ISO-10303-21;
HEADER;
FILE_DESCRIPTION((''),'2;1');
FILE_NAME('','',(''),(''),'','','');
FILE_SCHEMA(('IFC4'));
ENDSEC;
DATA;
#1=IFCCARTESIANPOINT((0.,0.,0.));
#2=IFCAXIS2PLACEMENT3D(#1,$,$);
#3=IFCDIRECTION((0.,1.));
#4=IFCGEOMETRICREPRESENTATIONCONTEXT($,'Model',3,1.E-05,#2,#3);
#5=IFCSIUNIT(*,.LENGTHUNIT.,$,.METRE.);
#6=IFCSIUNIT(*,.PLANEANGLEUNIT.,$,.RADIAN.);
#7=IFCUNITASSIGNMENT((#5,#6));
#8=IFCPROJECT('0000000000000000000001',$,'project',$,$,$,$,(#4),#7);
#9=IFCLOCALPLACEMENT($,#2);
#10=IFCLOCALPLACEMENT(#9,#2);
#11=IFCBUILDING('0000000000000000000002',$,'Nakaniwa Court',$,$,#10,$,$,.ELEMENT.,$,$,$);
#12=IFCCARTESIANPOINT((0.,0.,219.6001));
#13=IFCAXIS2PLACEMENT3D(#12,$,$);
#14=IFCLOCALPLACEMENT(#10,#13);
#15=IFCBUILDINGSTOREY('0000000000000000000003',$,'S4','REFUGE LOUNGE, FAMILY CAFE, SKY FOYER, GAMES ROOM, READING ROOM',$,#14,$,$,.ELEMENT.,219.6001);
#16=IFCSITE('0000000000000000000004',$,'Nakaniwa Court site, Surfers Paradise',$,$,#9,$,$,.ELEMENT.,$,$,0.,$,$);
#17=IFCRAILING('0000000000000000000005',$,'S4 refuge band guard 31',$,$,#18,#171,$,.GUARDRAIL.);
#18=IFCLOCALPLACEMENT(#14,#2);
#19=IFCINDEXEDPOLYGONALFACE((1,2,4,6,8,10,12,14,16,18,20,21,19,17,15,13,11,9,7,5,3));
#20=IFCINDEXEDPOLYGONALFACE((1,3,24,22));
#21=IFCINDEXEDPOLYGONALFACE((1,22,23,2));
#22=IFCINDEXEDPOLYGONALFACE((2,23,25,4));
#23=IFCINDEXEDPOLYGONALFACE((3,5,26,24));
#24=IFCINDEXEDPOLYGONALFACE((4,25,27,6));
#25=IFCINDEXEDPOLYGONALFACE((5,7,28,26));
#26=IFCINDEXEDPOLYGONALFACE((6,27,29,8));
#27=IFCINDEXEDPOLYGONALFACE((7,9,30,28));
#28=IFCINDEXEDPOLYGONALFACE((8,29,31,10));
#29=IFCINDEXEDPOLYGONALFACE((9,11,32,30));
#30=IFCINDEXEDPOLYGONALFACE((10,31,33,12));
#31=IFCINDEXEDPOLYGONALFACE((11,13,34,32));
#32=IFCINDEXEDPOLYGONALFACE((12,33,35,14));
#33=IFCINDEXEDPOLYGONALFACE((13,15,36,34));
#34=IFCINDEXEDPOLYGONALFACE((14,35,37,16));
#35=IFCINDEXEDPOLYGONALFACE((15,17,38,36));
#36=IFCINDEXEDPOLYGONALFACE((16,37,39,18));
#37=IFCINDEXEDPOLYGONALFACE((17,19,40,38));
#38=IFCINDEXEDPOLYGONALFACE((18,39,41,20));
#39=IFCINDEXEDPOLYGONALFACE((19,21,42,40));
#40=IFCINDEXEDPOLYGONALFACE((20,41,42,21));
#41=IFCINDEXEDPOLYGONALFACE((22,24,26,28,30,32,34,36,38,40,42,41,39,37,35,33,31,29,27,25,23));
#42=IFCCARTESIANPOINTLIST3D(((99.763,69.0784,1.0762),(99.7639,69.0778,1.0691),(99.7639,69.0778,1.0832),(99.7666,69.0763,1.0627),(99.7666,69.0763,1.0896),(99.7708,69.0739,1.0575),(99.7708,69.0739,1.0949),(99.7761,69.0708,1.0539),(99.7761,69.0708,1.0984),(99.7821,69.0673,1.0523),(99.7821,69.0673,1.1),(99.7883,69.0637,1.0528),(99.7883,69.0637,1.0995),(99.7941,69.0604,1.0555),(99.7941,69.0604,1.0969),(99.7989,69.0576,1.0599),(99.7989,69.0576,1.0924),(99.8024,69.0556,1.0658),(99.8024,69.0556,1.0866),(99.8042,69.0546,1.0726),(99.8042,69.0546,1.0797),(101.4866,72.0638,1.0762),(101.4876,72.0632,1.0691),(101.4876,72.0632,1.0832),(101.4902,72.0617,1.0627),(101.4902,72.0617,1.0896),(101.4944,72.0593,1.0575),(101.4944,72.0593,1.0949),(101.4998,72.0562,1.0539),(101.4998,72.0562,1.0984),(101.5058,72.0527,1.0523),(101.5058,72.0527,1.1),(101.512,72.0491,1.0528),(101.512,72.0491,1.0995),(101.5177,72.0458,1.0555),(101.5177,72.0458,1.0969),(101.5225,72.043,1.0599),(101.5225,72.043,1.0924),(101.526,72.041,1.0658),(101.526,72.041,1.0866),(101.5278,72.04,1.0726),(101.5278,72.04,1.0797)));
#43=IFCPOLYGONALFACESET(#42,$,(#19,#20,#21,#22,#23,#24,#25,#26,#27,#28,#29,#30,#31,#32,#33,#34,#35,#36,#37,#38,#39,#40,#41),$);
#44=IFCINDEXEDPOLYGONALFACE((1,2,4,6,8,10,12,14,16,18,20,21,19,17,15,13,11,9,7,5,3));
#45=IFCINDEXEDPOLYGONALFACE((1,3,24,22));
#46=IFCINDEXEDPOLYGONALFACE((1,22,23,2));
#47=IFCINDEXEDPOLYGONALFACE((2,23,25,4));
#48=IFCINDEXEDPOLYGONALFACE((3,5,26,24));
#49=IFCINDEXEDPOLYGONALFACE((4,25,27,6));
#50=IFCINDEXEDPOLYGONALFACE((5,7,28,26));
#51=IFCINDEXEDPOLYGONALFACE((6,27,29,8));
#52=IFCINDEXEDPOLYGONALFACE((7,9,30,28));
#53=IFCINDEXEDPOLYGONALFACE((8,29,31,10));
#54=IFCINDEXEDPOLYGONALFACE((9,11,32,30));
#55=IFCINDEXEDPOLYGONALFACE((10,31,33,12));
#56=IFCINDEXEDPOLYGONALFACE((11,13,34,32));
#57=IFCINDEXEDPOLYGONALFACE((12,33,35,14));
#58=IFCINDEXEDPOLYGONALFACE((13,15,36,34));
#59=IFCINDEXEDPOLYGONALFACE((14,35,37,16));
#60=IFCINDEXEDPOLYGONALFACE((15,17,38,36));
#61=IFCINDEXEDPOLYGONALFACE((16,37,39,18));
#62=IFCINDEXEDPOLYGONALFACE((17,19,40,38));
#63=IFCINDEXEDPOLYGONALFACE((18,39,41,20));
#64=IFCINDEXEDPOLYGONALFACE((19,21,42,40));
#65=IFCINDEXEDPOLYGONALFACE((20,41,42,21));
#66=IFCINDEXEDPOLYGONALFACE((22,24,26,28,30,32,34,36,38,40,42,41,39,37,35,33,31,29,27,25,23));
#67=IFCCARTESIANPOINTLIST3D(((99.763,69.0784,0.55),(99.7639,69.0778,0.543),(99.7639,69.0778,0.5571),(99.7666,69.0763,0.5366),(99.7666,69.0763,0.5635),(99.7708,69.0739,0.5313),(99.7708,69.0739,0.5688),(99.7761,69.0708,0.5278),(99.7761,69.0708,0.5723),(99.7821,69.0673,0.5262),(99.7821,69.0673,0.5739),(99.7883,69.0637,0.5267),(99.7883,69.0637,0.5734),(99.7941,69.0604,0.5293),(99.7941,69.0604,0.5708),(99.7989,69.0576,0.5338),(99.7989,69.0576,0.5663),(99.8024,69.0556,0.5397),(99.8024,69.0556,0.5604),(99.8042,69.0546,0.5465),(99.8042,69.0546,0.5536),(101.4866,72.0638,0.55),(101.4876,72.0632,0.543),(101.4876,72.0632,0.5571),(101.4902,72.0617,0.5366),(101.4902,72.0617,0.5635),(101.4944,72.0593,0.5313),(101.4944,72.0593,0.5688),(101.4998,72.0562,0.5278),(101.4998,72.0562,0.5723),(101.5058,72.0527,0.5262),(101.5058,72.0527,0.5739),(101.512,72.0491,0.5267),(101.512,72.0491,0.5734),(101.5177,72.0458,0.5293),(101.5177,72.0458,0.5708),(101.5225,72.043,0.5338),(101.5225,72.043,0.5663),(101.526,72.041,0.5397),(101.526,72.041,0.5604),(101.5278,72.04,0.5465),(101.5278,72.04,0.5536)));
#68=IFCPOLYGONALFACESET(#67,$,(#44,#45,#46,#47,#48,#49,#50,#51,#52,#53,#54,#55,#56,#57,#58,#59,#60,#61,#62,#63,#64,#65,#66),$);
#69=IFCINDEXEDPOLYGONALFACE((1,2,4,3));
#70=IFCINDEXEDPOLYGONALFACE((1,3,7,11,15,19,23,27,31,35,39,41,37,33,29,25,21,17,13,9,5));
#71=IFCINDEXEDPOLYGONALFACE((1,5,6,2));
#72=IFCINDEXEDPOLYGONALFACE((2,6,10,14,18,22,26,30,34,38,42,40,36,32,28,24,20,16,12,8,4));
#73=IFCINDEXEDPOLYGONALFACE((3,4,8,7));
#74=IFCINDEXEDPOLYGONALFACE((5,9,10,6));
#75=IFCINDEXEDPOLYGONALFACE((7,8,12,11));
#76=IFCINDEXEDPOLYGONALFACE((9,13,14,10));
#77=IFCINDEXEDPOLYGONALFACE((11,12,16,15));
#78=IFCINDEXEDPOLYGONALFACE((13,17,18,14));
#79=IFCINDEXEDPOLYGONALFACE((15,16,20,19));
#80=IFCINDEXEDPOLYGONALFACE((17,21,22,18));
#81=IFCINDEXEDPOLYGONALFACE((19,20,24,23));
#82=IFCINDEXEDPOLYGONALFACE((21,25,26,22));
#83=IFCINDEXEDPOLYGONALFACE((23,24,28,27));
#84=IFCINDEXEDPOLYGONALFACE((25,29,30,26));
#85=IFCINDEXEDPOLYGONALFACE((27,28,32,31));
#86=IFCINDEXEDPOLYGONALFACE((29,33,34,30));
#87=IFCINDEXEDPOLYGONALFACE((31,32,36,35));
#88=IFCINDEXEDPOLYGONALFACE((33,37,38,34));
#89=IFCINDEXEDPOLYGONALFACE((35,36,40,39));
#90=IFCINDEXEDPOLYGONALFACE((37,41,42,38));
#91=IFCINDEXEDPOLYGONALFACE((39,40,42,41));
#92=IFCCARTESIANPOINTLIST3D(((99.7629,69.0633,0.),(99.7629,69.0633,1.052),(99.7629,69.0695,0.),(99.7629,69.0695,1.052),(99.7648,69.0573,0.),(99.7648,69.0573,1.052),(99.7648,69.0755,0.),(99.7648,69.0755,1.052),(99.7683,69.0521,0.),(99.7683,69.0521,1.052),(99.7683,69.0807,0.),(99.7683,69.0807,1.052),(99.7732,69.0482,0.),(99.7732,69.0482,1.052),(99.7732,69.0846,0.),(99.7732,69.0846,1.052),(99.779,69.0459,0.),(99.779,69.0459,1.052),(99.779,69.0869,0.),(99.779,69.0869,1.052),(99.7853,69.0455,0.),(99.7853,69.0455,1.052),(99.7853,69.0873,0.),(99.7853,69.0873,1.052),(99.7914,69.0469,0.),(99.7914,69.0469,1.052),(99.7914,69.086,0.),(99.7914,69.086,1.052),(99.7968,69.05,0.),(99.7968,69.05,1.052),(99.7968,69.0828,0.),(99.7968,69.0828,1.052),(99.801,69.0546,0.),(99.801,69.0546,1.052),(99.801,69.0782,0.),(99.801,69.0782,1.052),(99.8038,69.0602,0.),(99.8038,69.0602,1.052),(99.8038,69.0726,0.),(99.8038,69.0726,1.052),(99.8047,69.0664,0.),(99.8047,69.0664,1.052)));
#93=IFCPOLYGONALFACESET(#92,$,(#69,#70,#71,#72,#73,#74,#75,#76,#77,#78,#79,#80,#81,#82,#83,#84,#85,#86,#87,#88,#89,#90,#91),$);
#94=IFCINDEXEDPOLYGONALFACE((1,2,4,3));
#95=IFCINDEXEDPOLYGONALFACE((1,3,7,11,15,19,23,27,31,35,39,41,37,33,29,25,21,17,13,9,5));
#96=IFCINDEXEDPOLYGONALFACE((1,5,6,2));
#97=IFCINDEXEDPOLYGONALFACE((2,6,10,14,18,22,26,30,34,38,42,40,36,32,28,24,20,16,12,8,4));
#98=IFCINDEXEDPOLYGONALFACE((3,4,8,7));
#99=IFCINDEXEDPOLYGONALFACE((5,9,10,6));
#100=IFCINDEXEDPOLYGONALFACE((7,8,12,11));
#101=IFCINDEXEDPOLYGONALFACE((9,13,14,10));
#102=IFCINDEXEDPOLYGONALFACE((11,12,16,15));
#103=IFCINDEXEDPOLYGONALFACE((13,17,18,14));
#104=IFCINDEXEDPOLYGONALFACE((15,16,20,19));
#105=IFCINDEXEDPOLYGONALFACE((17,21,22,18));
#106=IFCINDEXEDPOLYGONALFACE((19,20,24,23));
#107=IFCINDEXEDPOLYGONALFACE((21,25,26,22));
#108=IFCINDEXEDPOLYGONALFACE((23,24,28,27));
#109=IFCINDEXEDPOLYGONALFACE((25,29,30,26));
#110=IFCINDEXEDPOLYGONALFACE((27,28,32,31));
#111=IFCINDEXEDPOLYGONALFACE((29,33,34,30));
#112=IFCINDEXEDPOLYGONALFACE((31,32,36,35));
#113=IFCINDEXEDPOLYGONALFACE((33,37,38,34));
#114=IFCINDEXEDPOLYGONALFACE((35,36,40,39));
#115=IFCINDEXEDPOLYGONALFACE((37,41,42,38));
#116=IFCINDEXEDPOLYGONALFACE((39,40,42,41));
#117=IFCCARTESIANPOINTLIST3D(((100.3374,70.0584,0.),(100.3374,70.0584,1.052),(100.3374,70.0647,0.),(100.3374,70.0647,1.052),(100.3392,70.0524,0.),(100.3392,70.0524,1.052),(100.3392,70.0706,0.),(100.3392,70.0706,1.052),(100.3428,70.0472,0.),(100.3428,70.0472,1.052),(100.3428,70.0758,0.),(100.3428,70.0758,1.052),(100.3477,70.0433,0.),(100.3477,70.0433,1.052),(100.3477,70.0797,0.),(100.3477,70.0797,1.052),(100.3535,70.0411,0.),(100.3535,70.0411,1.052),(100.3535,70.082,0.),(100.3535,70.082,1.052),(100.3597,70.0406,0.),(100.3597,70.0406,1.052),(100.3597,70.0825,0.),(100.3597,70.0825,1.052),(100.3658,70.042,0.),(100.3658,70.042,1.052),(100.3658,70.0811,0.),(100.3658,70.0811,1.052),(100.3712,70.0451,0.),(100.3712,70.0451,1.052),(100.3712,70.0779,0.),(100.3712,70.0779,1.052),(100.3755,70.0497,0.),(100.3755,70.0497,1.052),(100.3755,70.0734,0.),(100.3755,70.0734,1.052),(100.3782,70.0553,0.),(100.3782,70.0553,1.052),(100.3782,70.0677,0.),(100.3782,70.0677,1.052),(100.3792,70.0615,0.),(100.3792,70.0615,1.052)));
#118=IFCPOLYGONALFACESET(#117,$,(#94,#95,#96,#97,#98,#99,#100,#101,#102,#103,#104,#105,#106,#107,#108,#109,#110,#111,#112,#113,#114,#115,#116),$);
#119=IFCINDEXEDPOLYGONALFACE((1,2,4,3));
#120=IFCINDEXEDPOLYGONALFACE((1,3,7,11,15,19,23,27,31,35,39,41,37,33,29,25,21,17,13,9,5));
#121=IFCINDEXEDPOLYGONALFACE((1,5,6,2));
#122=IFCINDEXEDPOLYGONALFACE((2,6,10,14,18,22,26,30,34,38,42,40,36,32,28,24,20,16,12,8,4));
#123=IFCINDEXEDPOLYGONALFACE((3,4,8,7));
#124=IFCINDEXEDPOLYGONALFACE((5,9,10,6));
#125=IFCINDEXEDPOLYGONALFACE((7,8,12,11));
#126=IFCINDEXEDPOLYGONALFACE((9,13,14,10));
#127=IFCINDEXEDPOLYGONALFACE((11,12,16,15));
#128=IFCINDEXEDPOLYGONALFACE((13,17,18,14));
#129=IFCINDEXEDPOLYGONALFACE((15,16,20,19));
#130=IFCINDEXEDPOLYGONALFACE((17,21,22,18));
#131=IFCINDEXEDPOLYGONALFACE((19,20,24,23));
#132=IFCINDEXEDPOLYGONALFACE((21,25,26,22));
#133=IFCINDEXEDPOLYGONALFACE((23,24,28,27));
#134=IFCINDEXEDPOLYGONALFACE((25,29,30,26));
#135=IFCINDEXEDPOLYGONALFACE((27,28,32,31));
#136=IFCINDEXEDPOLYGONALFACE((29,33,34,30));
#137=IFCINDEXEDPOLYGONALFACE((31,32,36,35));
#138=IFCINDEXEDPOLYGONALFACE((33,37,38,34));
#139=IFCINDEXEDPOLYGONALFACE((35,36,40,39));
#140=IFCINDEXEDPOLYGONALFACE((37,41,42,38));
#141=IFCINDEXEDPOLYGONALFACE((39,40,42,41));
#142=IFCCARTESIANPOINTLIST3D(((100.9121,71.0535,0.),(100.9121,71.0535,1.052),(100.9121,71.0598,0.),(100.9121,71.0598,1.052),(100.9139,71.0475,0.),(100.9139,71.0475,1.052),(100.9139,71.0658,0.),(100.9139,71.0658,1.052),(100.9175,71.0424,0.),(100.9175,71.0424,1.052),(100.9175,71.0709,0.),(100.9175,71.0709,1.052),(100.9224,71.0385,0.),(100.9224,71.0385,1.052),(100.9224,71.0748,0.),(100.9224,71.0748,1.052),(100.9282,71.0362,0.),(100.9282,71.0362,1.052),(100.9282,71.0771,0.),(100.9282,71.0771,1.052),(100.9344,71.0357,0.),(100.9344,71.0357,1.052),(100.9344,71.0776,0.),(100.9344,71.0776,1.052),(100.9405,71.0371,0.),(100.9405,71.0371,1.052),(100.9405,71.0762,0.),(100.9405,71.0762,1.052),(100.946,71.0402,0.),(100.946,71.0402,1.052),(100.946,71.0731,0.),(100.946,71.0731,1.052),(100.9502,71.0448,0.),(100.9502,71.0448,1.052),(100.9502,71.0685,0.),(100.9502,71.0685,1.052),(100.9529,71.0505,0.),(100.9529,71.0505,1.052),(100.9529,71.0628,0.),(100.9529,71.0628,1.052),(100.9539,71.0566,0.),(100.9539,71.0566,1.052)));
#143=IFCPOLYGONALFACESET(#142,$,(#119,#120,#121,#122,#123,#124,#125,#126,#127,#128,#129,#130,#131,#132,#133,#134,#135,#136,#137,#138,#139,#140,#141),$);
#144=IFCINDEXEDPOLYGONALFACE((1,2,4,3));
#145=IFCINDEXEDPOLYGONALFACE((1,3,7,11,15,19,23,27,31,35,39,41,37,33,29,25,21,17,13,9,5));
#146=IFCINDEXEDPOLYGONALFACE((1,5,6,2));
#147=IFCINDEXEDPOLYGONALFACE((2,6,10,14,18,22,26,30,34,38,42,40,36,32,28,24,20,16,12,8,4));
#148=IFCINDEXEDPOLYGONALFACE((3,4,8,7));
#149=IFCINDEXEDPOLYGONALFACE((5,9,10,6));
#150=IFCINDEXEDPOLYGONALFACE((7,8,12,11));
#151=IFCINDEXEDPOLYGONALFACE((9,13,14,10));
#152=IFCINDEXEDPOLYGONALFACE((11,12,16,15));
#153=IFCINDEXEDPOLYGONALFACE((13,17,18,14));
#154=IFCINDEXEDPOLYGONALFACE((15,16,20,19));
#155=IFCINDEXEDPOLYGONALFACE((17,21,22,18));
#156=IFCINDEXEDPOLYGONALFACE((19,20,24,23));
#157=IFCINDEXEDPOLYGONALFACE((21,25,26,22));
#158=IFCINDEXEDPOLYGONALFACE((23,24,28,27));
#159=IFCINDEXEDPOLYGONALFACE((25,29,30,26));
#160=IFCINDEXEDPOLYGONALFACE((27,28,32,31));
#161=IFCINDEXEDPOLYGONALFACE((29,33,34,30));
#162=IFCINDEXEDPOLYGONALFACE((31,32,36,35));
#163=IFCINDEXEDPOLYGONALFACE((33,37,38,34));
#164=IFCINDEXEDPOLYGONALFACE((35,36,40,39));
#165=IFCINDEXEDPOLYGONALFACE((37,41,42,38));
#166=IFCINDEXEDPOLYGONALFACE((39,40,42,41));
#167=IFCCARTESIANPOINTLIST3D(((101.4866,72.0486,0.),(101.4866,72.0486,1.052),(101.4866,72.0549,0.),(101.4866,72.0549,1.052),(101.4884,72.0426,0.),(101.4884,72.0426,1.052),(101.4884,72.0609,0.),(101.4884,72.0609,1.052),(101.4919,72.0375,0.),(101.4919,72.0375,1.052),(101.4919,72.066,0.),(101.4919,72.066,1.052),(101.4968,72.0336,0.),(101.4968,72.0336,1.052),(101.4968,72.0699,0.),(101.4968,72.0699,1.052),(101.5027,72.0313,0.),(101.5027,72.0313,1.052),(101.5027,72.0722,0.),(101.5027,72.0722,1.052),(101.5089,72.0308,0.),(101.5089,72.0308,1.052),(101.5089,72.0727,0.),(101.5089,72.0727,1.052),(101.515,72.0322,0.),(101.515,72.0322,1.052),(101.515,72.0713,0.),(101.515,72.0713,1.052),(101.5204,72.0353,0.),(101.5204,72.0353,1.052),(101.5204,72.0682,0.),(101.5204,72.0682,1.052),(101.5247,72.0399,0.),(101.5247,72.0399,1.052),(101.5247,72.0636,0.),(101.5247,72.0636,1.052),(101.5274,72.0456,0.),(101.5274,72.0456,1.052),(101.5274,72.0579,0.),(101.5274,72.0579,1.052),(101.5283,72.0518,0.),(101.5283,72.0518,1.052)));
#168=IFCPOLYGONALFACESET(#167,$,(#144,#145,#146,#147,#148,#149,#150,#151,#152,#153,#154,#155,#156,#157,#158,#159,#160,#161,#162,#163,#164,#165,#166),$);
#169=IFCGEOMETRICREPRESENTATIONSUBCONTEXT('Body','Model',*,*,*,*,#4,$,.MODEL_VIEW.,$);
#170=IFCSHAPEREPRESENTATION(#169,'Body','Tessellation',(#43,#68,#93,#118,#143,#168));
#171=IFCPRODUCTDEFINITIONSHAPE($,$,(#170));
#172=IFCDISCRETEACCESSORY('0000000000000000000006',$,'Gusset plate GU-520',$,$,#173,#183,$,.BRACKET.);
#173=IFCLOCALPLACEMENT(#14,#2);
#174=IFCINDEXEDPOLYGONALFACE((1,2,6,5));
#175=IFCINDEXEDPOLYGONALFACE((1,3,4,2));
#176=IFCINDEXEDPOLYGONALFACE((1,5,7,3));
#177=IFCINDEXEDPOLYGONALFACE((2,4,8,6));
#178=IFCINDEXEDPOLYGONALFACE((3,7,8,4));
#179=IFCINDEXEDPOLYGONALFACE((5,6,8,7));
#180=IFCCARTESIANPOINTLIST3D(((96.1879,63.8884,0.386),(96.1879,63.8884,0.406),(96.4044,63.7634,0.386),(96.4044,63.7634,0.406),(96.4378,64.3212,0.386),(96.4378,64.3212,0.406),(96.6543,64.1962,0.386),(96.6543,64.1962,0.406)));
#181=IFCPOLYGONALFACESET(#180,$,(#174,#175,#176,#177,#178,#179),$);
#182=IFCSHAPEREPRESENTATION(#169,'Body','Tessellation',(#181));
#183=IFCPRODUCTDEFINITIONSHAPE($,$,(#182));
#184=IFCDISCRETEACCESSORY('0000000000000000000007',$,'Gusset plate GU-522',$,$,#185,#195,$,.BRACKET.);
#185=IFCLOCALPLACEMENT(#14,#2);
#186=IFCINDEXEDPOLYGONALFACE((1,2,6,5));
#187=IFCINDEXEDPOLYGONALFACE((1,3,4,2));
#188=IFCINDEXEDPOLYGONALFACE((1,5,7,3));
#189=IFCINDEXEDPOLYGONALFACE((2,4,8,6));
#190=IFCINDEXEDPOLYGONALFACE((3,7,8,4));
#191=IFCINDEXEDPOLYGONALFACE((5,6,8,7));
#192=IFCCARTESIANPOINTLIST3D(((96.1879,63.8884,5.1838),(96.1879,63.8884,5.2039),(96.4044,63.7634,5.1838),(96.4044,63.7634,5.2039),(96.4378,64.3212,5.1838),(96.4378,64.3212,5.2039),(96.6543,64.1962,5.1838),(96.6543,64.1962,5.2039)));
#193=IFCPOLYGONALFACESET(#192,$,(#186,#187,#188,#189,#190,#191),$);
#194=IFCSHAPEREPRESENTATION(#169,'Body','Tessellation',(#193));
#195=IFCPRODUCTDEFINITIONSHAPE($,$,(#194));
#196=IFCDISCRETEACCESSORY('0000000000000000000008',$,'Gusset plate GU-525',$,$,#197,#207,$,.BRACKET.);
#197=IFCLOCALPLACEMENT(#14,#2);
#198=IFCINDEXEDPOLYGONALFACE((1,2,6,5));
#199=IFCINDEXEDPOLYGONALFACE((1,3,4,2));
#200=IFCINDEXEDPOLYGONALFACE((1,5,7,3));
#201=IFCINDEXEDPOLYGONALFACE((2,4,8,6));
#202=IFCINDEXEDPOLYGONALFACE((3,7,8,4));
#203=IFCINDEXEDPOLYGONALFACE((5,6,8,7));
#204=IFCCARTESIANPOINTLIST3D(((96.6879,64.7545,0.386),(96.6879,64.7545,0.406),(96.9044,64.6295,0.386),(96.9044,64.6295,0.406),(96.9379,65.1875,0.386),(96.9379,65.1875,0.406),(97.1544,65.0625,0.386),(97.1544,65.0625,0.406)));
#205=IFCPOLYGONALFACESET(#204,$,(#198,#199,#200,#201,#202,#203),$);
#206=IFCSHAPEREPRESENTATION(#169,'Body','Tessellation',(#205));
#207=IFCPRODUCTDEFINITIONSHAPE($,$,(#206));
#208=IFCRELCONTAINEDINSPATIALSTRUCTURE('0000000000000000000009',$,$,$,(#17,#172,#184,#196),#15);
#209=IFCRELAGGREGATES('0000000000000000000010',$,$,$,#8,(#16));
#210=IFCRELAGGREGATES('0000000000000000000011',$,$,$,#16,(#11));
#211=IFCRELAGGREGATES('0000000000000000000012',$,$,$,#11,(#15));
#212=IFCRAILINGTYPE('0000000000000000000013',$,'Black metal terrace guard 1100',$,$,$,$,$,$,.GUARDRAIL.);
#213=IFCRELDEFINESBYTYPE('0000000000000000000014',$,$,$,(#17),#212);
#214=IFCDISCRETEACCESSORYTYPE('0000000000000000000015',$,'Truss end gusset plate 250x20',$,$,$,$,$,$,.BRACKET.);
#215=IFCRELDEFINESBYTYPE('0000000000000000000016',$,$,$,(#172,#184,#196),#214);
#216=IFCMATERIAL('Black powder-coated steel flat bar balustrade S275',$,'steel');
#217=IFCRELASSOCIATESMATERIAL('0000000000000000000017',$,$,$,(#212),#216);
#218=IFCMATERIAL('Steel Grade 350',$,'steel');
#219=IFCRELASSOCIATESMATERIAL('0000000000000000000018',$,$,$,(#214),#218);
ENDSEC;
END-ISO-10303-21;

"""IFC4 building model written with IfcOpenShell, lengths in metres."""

from ifc_helpers import new_model, si_unit, direction, frame, origin, origin_2d, place, context, subcontext, project, spatial, rectangle, circle, extrude, material, material_profile, profile_set, type_object, element, save


model = new_model("IFC4")

# Units and contexts
model_context = context("Model", 3, precision=1e-05, world=origin(), true_north=direction((0.0, 1.0)))
body_context = subcontext(model_context, "Body", "Model", "MODEL_VIEW")
ifc_project = project(units=[si_unit("LENGTHUNIT", "METRE"), si_unit("PLANEANGLEUNIT", "RADIAN")], contexts=[model_context])

# Site, building, storey
site_placement = place(None, origin())
site = spatial("IfcSite", under=ifc_project, at=site_placement, Name="Nakaniwa Court site, Surfers Paradise", CompositionType="ELEMENT", RefElevation=0.0)
building_placement = place(site_placement, origin())
building = spatial("IfcBuilding", under=site, at=building_placement, Name="Nakaniwa Court", CompositionType="ELEMENT")
storey_placement = place(building_placement, frame((0.0, 0.0, 219.6001)))
storey = spatial("IfcBuildingStorey", under=building, at=storey_placement, Name="S4", Description="REFUGE LOUNGE, FAMILY CAFE, SKY FOYER, GAMES ROOM, READING ROOM", CompositionType="ELEMENT", Elevation=219.6001)

# Shared definitions
ifc_material_1 = material(Name="Steel Grade 350", Category="steel")

# Railing
ifc_material_2 = material(Name="Black powder-coated steel flat bar balustrade S275", Category="steel")
railing_type = type_object("IfcRailingType", Name="Black metal terrace guard 1100", PredefinedType="GUARDRAIL", material=ifc_material_2)
railing_1_placement = place(storey_placement, frame((99.7837, 69.0664, 0.0)))
element("IfcRailing", 1, at=railing_1_placement, inside=storey, type_object=railing_type, Name="S4 refuge band guard 31", PredefinedType="GUARDRAIL", context=body_context, shape_type="SweptSolid", body=[
    extrude(circle(Radius=0.0239, at=origin_2d()), frame((0.0, 0.0, 1.0762), z_axis=(0.500009, 0.86602, 0.0), x_axis=(-0.86602, 0.500009, 0.0)), (0.0, 0.0, 1.0), 3.4473),
    extrude(circle(Radius=0.0239, at=origin_2d()), frame((0.0, 0.0, 0.55), z_axis=(0.500009, 0.86602, 0.0), x_axis=(-0.86602, 0.500009, 0.0)), (0.0, 0.0, 1.0), 3.4473),
    extrude(circle(Radius=0.021, at=origin_2d()), origin(), (0.0, 0.0, 1.0), 1.052),
    extrude(circle(Radius=0.021, at=origin_2d()), frame((0.5745, 0.9951, 0.0)), (0.0, 0.0, 1.0), 1.052),
    extrude(circle(Radius=0.021, at=origin_2d()), frame((1.1492, 1.9902, 0.0)), (0.0, 0.0, 1.0), 1.052),
    extrude(circle(Radius=0.021, at=origin_2d()), frame((1.7236, 2.9854, 0.0)), (0.0, 0.0, 1.0), 1.052),
])

# Discrete accessories
ifc_material_profile_1 = material_profile(ifc_material_1, rectangle(XDim=0.25, YDim=0.02, at=origin_2d()), Name="Truss end gusset plate 250x20")
ifc_profile_set_1 = profile_set([ifc_material_profile_1], Name="Steel Grade 350")
discrete_accessory_type = type_object("IfcDiscreteAccessoryType", Name="Truss end gusset plate 250x20", PredefinedType="BRACKET", material=ifc_profile_set_1)
for number, where, z_axis, x_axis, name in (
    (2, (96.2961, 63.8259, 0.396), (0.500131, 0.86595, 0.0), (-0.86595, 0.500131, 0.0), "Gusset plate GU-520"),
    (3, (96.2961, 63.8259, 5.1938), (0.500131, 0.86595, 0.0), (-0.86595, 0.500131, 0.0), "Gusset plate GU-522"),
):
    element("IfcDiscreteAccessory", number, at=place(storey_placement, frame(where, z_axis=z_axis, x_axis=x_axis)), inside=storey, type_object=discrete_accessory_type, Name=name, PredefinedType="BRACKET", context=body_context, shape_type="SweptSolid", body=[
        extrude(rectangle(XDim=0.25, YDim=0.02, at=origin_2d()), origin(), (0.0, 0.0, 1.0), 0.4998),
    ])
discrete_accessory_1_placement = place(storey_placement, frame((97.0461, 65.125, 0.396), z_axis=(-0.49992, -0.866072, 0.0), x_axis=(0.866072, -0.49992, 0.0)))
element("IfcDiscreteAccessory", 4, at=discrete_accessory_1_placement, inside=storey, type_object=discrete_accessory_type, Name="Gusset plate GU-525", PredefinedType="BRACKET", context=body_context, shape_type="SweptSolid", body=[
    extrude(rectangle(XDim=0.25, YDim=0.02, at=origin_2d()), origin(), (0.0, 0.0, 1.0), 0.5),
])

save(model, "model.ifc")
